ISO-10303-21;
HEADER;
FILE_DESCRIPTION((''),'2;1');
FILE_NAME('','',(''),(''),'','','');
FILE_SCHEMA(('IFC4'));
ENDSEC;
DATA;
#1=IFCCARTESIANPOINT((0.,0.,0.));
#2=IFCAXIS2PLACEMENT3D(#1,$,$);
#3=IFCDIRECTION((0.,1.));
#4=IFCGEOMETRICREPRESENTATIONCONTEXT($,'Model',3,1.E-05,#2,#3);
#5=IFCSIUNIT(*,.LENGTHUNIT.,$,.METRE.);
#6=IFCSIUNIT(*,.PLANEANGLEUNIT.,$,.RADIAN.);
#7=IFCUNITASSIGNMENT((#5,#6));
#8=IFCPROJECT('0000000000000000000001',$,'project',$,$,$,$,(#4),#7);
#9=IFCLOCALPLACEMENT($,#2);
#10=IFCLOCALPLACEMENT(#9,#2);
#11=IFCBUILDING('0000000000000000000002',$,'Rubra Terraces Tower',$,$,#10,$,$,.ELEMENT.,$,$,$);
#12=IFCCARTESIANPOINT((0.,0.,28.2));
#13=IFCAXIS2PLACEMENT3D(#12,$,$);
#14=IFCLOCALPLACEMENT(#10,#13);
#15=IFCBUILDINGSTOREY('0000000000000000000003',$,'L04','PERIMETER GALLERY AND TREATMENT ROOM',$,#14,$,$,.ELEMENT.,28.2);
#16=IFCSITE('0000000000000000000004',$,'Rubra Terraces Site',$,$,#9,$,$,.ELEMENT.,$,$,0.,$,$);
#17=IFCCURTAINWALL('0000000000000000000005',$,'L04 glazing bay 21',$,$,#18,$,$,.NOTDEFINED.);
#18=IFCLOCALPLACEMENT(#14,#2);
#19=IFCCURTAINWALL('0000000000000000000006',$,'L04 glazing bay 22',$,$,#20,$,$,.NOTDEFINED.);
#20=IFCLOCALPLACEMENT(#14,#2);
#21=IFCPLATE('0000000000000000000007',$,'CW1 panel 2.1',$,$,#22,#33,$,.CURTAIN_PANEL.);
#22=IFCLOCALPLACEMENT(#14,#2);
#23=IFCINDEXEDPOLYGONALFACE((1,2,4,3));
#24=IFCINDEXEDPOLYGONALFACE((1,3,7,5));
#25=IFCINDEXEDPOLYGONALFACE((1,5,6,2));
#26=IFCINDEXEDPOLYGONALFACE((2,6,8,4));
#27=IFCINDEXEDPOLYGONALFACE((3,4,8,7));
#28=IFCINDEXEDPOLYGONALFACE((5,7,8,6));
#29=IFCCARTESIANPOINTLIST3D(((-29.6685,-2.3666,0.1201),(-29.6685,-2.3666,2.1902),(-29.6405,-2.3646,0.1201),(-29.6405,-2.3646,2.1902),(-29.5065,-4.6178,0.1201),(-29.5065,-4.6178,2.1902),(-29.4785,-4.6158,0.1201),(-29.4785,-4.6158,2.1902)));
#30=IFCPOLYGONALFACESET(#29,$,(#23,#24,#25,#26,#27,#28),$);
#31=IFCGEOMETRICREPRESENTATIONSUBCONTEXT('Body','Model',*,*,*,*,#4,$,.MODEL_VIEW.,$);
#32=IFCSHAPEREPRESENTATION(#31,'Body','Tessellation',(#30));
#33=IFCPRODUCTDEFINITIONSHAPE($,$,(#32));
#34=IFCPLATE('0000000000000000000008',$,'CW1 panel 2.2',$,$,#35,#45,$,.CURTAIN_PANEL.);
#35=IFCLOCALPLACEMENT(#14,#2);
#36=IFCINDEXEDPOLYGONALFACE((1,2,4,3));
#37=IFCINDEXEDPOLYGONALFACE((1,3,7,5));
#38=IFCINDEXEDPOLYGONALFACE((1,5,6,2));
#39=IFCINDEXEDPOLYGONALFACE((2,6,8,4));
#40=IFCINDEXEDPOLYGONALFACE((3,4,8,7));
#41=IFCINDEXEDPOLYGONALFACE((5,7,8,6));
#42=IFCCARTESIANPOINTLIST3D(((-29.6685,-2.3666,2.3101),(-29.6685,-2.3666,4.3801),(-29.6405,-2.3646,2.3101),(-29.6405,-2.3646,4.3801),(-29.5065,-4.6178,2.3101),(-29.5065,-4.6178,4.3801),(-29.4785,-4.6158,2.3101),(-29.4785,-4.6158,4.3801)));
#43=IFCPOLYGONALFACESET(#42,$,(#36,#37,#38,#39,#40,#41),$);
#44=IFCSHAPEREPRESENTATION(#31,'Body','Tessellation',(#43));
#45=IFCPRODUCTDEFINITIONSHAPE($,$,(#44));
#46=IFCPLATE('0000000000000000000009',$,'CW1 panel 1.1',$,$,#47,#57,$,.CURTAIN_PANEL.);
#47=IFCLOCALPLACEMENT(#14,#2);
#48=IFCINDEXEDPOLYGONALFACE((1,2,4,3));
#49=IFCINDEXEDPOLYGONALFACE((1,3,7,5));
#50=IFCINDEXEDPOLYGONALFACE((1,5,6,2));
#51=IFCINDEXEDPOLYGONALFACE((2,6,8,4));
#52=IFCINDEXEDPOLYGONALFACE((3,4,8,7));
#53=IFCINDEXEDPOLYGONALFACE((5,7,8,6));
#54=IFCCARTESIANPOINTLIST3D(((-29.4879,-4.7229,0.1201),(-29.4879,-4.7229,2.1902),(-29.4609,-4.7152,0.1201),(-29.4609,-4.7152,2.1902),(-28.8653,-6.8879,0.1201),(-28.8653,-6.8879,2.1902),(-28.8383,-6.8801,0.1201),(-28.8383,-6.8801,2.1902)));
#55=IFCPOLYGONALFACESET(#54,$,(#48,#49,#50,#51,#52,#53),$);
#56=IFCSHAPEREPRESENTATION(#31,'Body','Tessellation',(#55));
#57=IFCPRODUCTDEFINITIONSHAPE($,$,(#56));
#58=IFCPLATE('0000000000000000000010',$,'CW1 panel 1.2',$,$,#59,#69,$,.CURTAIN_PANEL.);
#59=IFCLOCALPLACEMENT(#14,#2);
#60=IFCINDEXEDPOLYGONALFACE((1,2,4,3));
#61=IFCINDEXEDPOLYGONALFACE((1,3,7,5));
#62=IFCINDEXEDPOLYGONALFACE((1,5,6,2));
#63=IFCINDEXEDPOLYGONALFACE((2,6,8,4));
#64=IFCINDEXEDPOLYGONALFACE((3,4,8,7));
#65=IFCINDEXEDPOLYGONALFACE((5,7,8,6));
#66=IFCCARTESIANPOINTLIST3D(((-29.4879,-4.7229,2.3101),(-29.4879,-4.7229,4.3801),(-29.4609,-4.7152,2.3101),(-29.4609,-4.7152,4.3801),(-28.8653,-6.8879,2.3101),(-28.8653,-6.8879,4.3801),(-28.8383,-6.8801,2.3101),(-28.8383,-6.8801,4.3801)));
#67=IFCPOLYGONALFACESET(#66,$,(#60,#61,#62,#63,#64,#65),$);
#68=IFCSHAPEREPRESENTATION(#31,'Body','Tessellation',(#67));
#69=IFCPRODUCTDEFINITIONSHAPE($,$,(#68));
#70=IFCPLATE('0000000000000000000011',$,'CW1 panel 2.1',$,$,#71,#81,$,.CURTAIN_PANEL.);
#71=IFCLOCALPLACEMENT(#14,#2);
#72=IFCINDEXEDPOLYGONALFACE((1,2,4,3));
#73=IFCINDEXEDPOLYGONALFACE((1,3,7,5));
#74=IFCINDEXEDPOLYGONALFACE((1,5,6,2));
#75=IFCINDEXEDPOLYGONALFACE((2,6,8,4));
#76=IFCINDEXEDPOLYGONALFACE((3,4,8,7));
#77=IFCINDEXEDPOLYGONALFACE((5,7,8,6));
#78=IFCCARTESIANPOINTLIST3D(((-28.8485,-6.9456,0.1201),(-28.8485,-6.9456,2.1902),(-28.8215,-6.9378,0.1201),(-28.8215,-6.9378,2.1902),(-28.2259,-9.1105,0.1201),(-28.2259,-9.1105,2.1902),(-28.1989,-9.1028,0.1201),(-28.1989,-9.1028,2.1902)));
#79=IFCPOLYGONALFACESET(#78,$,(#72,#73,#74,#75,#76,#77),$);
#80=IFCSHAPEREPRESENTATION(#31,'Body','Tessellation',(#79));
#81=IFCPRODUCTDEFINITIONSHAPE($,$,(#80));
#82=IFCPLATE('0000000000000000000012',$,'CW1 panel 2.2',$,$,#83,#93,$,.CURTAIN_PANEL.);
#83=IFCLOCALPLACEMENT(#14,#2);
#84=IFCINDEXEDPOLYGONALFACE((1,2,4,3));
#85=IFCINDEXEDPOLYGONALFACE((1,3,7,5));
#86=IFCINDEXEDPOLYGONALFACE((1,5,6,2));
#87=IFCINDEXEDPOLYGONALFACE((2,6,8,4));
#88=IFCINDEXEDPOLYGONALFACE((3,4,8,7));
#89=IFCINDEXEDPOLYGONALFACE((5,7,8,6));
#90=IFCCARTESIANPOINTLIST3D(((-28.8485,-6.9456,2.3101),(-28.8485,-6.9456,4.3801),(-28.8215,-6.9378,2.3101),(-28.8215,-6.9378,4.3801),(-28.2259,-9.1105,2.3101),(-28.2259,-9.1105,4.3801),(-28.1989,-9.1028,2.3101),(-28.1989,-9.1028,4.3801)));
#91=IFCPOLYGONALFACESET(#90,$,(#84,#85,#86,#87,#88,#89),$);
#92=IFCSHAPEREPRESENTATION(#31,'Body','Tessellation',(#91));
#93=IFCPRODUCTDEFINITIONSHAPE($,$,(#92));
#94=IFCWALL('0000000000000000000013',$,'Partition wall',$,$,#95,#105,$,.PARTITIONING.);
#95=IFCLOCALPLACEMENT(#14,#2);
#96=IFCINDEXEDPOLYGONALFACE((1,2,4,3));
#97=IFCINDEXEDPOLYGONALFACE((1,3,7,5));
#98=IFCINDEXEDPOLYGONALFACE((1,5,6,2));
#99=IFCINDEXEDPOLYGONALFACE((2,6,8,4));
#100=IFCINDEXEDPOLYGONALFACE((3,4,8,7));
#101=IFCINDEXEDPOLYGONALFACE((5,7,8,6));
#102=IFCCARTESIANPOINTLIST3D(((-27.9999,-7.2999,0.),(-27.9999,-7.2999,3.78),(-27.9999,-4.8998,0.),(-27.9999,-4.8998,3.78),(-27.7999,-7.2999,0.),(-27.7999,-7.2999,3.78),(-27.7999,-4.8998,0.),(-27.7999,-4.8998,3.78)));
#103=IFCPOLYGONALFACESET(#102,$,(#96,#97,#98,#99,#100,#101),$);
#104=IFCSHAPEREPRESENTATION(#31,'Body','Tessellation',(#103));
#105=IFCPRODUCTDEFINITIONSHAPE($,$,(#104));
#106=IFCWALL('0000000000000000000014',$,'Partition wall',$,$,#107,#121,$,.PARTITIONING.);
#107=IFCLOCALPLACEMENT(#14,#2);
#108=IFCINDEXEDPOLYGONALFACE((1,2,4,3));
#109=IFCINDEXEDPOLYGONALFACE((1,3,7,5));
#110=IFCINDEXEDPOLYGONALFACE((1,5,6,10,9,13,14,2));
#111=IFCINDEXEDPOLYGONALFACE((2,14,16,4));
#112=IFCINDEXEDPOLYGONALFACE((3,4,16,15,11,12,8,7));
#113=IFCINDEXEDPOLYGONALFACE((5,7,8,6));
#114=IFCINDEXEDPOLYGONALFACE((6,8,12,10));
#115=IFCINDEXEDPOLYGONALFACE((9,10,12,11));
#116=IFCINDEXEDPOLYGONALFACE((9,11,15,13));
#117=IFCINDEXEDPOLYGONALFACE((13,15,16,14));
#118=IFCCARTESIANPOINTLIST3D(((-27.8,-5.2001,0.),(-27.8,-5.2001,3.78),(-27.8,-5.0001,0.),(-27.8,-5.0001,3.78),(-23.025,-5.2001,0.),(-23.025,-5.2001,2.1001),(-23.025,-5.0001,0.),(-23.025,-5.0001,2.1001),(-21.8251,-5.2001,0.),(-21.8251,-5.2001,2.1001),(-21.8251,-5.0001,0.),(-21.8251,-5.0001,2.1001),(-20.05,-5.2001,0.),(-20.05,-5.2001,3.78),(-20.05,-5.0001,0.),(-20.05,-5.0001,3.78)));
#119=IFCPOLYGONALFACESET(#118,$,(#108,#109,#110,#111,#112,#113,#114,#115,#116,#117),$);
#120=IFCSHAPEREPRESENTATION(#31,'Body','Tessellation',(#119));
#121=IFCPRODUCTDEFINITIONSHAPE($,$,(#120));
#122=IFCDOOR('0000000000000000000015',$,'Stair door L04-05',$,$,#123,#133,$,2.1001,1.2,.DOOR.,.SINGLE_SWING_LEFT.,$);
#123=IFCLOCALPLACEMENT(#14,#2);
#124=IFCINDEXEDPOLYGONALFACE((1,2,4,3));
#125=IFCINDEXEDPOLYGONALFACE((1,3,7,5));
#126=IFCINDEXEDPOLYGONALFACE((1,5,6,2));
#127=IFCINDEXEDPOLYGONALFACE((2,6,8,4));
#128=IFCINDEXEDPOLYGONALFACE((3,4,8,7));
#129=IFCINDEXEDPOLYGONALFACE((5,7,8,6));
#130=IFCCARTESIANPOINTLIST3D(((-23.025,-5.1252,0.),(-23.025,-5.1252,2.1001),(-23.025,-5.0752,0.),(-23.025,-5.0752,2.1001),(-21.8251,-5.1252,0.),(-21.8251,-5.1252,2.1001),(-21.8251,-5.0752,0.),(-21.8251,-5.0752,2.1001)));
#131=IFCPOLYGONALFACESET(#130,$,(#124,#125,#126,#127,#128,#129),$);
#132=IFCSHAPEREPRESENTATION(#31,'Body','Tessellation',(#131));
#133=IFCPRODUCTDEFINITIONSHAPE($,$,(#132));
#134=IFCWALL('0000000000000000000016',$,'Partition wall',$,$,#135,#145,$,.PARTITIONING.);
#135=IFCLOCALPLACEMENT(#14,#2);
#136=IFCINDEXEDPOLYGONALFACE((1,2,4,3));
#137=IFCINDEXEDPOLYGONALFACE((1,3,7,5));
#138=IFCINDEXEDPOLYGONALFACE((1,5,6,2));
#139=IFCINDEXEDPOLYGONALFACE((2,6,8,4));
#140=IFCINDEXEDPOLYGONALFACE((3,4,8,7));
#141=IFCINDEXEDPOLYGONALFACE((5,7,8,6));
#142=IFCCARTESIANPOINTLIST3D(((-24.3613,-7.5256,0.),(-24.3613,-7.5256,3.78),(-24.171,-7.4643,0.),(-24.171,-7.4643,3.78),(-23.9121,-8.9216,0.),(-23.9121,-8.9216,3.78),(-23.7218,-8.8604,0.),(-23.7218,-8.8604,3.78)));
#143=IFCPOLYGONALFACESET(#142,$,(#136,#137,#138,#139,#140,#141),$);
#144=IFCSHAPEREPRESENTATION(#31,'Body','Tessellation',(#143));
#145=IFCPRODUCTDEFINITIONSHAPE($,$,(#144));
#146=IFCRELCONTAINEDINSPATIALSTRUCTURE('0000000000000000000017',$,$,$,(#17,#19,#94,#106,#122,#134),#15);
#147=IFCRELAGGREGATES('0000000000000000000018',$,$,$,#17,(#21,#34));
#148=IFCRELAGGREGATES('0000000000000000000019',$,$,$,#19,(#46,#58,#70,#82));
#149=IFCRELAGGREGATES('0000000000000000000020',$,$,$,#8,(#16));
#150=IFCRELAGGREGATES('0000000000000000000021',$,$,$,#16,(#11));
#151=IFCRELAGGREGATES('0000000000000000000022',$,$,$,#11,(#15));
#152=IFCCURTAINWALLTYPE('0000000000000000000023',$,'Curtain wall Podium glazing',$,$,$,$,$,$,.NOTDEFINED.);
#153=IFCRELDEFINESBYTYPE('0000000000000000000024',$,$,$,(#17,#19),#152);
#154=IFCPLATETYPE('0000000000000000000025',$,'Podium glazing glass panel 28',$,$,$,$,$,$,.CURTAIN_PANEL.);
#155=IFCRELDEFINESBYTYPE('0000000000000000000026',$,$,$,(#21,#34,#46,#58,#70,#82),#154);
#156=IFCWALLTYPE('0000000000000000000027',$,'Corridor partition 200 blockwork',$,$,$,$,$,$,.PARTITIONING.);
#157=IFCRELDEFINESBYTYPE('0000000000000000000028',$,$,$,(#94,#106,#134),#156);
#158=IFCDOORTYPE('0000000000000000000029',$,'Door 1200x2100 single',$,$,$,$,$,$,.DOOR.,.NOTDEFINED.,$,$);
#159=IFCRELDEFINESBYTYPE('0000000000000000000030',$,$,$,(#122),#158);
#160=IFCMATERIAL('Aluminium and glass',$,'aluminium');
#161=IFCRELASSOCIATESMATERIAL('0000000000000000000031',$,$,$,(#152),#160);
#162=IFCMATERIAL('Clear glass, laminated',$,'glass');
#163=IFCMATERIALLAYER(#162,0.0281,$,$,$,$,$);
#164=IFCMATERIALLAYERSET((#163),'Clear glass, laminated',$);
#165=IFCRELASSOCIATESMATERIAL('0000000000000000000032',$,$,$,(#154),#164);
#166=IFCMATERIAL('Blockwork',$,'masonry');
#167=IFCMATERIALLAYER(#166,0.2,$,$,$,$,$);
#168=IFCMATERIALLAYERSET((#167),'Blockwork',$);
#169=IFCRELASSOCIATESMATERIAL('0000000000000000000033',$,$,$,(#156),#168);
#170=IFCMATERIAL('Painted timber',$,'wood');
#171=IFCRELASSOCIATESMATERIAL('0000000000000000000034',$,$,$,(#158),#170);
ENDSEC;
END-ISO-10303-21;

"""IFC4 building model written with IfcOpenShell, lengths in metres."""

from ifc_helpers import new_model, si_unit, direction, frame, frame_2d, origin, origin_2d, place, context, subcontext, project, spatial, rectangle, extrude, material, layer, layer_set, type_object, element, fill, aggregate, save


model = new_model("IFC4")

# Units and contexts
model_context = context("Model", 3, precision=1e-05, world=origin(), true_north=direction((0.0, 1.0)))
body_context = subcontext(model_context, "Body", "Model", "MODEL_VIEW")
ifc_project = project(units=[si_unit("LENGTHUNIT", "METRE"), si_unit("PLANEANGLEUNIT", "RADIAN")], contexts=[model_context])

# Site, building, storey
site_placement = place(None, origin())
site = spatial("IfcSite", under=ifc_project, at=site_placement, Name="Rubra Terraces Site", CompositionType="ELEMENT", RefElevation=0.0)
building_placement = place(site_placement, origin())
building = spatial("IfcBuilding", under=site, at=building_placement, Name="Rubra Terraces Tower", CompositionType="ELEMENT")
storey_placement = place(building_placement, frame((0.0, 0.0, 28.2)))
storey = spatial("IfcBuildingStorey", under=building, at=storey_placement, Name="L04", Description="PERIMETER GALLERY AND TREATMENT ROOM", CompositionType="ELEMENT", Elevation=28.2)

# Curtain wall
ifc_material_1 = material(Name="Aluminium and glass", Category="aluminium")
curtain_wall_type = type_object("IfcCurtainWallType", Name="Curtain wall Podium glazing", PredefinedType="NOTDEFINED", material=ifc_material_1)
curtain_wall_1_placement = place(storey_placement, origin())
curtain_wall_1 = element("IfcCurtainWall", 1, at=curtain_wall_1_placement, inside=storey, type_object=curtain_wall_type, Name="L04 glazing bay 21", PredefinedType="NOTDEFINED")

# Curtain wall
curtain_wall_2_placement = place(storey_placement, origin())
curtain_wall_2 = element("IfcCurtainWall", 2, at=curtain_wall_2_placement, inside=storey, type_object=curtain_wall_type, Name="L04 glazing bay 22", PredefinedType="NOTDEFINED")

# Plates
ifc_material_2 = material(Name="Clear glass, laminated", Category="glass")
ifc_layer_1 = layer(ifc_material_2, 0.0281)
ifc_layer_set_1 = layer_set([ifc_layer_1], Name="Clear glass, laminated")
plate_type = type_object("IfcPlateType", Name="Podium glazing glass panel 28", PredefinedType="CURTAIN_PANEL", material=ifc_layer_set_1)
plate_1_placement = place(storey_placement, frame((-29.5735, -3.4912, 0.1201), z_axis=(0.0, 0.0, 1.0), x_axis=(0.071792, -0.99742, 0.0)))
plate_1 = element("IfcPlate", 3, at=plate_1_placement, type_object=plate_type, Name="CW1 panel 2.1", PredefinedType="CURTAIN_PANEL", context=body_context, shape_type="SweptSolid", body=[
    extrude(rectangle(XDim=2.2571, YDim=0.0281, at=origin_2d()), origin(), (0.0, 0.0, 1.0), 2.0701),
])
plate_2_placement = place(storey_placement, frame((-29.5735, -3.4912, 2.3101), z_axis=(0.0, 0.0, 1.0), x_axis=(0.071792, -0.99742, 0.0)))
plate_2 = element("IfcPlate", 4, at=plate_2_placement, type_object=plate_type, Name="CW1 panel 2.2", PredefinedType="CURTAIN_PANEL", context=body_context, shape_type="SweptSolid", body=[
    extrude(rectangle(XDim=2.2571, YDim=0.0281, at=origin_2d()), origin(), (0.0, 0.0, 1.0), 2.0701),
])
aggregate(curtain_wall_1, [plate_1, plate_2])
plate_3_placement = place(storey_placement, frame((-29.1631, -5.8015, 0.1201), z_axis=(0.0, 0.0, 1.0), x_axis=(0.276384, -0.961047, 0.0)))
plate_3 = element("IfcPlate", 5, at=plate_3_placement, type_object=plate_type, Name="CW1 panel 1.1", PredefinedType="CURTAIN_PANEL", context=body_context, shape_type="SweptSolid", body=[
    extrude(rectangle(XDim=2.2527, YDim=0.0281, at=origin_2d()), origin(), (0.0, 0.0, 1.0), 2.0701),
])
plate_4_placement = place(storey_placement, frame((-29.1631, -5.8015, 2.3101), z_axis=(0.0, 0.0, 1.0), x_axis=(0.276384, -0.961047, 0.0)))
plate_4 = element("IfcPlate", 6, at=plate_4_placement, type_object=plate_type, Name="CW1 panel 1.2", PredefinedType="CURTAIN_PANEL", context=body_context, shape_type="SweptSolid", body=[
    extrude(rectangle(XDim=2.2527, YDim=0.0281, at=origin_2d()), origin(), (0.0, 0.0, 1.0), 2.0701),
])
plate_5_placement = place(storey_placement, frame((-28.5237, -8.0242, 0.1201), z_axis=(0.0, 0.0, 1.0), x_axis=(0.276384, -0.961047, 0.0)))
plate_5 = element("IfcPlate", 7, at=plate_5_placement, type_object=plate_type, Name="CW1 panel 2.1", PredefinedType="CURTAIN_PANEL", context=body_context, shape_type="SweptSolid", body=[
    extrude(rectangle(XDim=2.2527, YDim=0.0281, at=origin_2d()), origin(), (0.0, 0.0, 1.0), 2.0701),
])
plate_6_placement = place(storey_placement, frame((-28.5237, -8.0242, 2.3101), z_axis=(0.0, 0.0, 1.0), x_axis=(0.276384, -0.961047, 0.0)))
plate_6 = element("IfcPlate", 8, at=plate_6_placement, type_object=plate_type, Name="CW1 panel 2.2", PredefinedType="CURTAIN_PANEL", context=body_context, shape_type="SweptSolid", body=[
    extrude(rectangle(XDim=2.2527, YDim=0.0281, at=origin_2d()), origin(), (0.0, 0.0, 1.0), 2.0701),
])
aggregate(curtain_wall_2, [plate_3, plate_4, plate_5, plate_6])

# Wall
ifc_material_3 = material(Name="Blockwork", Category="masonry")
ifc_layer_2 = layer(ifc_material_3, 0.2)
ifc_layer_set_2 = layer_set([ifc_layer_2], Name="Blockwork")
wall_type = type_object("IfcWallType", Name="Corridor partition 200 blockwork", PredefinedType="PARTITIONING", material=ifc_layer_set_2)
wall_1_placement = place(storey_placement, frame((-27.8999, -7.3, 0.0), z_axis=(0.0, 0.0, 1.0), x_axis=(0.0, 1.0, 0.0)))
element("IfcWall", 9, at=wall_1_placement, inside=storey, type_object=wall_type, Name="Partition wall", PredefinedType="PARTITIONING", context=body_context, shape_type="SweptSolid", body=[
    extrude(rectangle(XDim=2.4001, YDim=0.2, at=frame_2d((1.2002, 0.0))), origin(), (0.0, 0.0, 1.0), 3.78),
])

# Wall, opening, door
wall_2_placement = place(storey_placement, frame((-27.8, -5.1001, 0.0), z_axis=(0.0, 0.0, 1.0), x_axis=(1.0, 0.0, 0.0)))
wall_2 = element("IfcWall", 10, at=wall_2_placement, inside=storey, type_object=wall_type, Name="Partition wall", PredefinedType="PARTITIONING", context=body_context, shape_type="SweptSolid", body=[
    extrude(rectangle(XDim=7.75, YDim=0.2, at=frame_2d((3.875, 0.0))), origin(), (0.0, 0.0, 1.0), 3.78),
])
opening_placement = place(wall_2_placement, frame((4.7749, 0.0, 0.0)))
opening = element("IfcOpeningElement", 11, at=opening_placement, cuts=wall_2, PredefinedType="OPENING", context=body_context, shape_type="SweptSolid", body=[
    extrude(rectangle(XDim=1.2, YDim=2.1001, at=frame_2d((0.6001, 1.05))), frame((0.0, 0.1099, 0.0), z_axis=(0.0, -1.0, 0.0), x_axis=(1.0, 0.0, 0.0)), (0.0, 0.0, 1.0), 0.22),
])
ifc_material_4 = material(Name="Painted timber", Category="wood")
door_type = type_object("IfcDoorType", Name="Door 1200x2100 single", OperationType="NOTDEFINED", PredefinedType="DOOR", material=ifc_material_4)
door_placement = place(opening_placement, origin())
door = element("IfcDoor", 12, at=door_placement, inside=storey, type_object=door_type, Name="Stair door L04-05", OperationType="SINGLE_SWING_LEFT", OverallHeight=2.1001, OverallWidth=1.2, PredefinedType="DOOR", context=body_context, shape_type="SweptSolid", body=[
    extrude(rectangle(XDim=1.2, YDim=2.1001, at=frame_2d((0.6001, 1.05))), frame((0.0, 0.0249, 0.0), z_axis=(0.0, -1.0, 0.0), x_axis=(1.0, 0.0, 0.0)), (0.0, 0.0, 1.0), 0.05),
])
fill(opening, door)

# Wall
wall_3_placement = place(storey_placement, frame((-23.8169, -8.8911, 0.0), z_axis=(0.0, 0.0, 1.0), x_axis=(-0.306322, 0.951928, 0.0)))
element("IfcWall", 13, at=wall_3_placement, inside=storey, type_object=wall_type, Name="Partition wall", PredefinedType="PARTITIONING", context=body_context, shape_type="SweptSolid", body=[
    extrude(rectangle(XDim=1.4666, YDim=0.2, at=frame_2d((0.7334, 0.0))), origin(), (0.0, 0.0, 1.0), 3.78),
])

save(model, "model.ifc")
